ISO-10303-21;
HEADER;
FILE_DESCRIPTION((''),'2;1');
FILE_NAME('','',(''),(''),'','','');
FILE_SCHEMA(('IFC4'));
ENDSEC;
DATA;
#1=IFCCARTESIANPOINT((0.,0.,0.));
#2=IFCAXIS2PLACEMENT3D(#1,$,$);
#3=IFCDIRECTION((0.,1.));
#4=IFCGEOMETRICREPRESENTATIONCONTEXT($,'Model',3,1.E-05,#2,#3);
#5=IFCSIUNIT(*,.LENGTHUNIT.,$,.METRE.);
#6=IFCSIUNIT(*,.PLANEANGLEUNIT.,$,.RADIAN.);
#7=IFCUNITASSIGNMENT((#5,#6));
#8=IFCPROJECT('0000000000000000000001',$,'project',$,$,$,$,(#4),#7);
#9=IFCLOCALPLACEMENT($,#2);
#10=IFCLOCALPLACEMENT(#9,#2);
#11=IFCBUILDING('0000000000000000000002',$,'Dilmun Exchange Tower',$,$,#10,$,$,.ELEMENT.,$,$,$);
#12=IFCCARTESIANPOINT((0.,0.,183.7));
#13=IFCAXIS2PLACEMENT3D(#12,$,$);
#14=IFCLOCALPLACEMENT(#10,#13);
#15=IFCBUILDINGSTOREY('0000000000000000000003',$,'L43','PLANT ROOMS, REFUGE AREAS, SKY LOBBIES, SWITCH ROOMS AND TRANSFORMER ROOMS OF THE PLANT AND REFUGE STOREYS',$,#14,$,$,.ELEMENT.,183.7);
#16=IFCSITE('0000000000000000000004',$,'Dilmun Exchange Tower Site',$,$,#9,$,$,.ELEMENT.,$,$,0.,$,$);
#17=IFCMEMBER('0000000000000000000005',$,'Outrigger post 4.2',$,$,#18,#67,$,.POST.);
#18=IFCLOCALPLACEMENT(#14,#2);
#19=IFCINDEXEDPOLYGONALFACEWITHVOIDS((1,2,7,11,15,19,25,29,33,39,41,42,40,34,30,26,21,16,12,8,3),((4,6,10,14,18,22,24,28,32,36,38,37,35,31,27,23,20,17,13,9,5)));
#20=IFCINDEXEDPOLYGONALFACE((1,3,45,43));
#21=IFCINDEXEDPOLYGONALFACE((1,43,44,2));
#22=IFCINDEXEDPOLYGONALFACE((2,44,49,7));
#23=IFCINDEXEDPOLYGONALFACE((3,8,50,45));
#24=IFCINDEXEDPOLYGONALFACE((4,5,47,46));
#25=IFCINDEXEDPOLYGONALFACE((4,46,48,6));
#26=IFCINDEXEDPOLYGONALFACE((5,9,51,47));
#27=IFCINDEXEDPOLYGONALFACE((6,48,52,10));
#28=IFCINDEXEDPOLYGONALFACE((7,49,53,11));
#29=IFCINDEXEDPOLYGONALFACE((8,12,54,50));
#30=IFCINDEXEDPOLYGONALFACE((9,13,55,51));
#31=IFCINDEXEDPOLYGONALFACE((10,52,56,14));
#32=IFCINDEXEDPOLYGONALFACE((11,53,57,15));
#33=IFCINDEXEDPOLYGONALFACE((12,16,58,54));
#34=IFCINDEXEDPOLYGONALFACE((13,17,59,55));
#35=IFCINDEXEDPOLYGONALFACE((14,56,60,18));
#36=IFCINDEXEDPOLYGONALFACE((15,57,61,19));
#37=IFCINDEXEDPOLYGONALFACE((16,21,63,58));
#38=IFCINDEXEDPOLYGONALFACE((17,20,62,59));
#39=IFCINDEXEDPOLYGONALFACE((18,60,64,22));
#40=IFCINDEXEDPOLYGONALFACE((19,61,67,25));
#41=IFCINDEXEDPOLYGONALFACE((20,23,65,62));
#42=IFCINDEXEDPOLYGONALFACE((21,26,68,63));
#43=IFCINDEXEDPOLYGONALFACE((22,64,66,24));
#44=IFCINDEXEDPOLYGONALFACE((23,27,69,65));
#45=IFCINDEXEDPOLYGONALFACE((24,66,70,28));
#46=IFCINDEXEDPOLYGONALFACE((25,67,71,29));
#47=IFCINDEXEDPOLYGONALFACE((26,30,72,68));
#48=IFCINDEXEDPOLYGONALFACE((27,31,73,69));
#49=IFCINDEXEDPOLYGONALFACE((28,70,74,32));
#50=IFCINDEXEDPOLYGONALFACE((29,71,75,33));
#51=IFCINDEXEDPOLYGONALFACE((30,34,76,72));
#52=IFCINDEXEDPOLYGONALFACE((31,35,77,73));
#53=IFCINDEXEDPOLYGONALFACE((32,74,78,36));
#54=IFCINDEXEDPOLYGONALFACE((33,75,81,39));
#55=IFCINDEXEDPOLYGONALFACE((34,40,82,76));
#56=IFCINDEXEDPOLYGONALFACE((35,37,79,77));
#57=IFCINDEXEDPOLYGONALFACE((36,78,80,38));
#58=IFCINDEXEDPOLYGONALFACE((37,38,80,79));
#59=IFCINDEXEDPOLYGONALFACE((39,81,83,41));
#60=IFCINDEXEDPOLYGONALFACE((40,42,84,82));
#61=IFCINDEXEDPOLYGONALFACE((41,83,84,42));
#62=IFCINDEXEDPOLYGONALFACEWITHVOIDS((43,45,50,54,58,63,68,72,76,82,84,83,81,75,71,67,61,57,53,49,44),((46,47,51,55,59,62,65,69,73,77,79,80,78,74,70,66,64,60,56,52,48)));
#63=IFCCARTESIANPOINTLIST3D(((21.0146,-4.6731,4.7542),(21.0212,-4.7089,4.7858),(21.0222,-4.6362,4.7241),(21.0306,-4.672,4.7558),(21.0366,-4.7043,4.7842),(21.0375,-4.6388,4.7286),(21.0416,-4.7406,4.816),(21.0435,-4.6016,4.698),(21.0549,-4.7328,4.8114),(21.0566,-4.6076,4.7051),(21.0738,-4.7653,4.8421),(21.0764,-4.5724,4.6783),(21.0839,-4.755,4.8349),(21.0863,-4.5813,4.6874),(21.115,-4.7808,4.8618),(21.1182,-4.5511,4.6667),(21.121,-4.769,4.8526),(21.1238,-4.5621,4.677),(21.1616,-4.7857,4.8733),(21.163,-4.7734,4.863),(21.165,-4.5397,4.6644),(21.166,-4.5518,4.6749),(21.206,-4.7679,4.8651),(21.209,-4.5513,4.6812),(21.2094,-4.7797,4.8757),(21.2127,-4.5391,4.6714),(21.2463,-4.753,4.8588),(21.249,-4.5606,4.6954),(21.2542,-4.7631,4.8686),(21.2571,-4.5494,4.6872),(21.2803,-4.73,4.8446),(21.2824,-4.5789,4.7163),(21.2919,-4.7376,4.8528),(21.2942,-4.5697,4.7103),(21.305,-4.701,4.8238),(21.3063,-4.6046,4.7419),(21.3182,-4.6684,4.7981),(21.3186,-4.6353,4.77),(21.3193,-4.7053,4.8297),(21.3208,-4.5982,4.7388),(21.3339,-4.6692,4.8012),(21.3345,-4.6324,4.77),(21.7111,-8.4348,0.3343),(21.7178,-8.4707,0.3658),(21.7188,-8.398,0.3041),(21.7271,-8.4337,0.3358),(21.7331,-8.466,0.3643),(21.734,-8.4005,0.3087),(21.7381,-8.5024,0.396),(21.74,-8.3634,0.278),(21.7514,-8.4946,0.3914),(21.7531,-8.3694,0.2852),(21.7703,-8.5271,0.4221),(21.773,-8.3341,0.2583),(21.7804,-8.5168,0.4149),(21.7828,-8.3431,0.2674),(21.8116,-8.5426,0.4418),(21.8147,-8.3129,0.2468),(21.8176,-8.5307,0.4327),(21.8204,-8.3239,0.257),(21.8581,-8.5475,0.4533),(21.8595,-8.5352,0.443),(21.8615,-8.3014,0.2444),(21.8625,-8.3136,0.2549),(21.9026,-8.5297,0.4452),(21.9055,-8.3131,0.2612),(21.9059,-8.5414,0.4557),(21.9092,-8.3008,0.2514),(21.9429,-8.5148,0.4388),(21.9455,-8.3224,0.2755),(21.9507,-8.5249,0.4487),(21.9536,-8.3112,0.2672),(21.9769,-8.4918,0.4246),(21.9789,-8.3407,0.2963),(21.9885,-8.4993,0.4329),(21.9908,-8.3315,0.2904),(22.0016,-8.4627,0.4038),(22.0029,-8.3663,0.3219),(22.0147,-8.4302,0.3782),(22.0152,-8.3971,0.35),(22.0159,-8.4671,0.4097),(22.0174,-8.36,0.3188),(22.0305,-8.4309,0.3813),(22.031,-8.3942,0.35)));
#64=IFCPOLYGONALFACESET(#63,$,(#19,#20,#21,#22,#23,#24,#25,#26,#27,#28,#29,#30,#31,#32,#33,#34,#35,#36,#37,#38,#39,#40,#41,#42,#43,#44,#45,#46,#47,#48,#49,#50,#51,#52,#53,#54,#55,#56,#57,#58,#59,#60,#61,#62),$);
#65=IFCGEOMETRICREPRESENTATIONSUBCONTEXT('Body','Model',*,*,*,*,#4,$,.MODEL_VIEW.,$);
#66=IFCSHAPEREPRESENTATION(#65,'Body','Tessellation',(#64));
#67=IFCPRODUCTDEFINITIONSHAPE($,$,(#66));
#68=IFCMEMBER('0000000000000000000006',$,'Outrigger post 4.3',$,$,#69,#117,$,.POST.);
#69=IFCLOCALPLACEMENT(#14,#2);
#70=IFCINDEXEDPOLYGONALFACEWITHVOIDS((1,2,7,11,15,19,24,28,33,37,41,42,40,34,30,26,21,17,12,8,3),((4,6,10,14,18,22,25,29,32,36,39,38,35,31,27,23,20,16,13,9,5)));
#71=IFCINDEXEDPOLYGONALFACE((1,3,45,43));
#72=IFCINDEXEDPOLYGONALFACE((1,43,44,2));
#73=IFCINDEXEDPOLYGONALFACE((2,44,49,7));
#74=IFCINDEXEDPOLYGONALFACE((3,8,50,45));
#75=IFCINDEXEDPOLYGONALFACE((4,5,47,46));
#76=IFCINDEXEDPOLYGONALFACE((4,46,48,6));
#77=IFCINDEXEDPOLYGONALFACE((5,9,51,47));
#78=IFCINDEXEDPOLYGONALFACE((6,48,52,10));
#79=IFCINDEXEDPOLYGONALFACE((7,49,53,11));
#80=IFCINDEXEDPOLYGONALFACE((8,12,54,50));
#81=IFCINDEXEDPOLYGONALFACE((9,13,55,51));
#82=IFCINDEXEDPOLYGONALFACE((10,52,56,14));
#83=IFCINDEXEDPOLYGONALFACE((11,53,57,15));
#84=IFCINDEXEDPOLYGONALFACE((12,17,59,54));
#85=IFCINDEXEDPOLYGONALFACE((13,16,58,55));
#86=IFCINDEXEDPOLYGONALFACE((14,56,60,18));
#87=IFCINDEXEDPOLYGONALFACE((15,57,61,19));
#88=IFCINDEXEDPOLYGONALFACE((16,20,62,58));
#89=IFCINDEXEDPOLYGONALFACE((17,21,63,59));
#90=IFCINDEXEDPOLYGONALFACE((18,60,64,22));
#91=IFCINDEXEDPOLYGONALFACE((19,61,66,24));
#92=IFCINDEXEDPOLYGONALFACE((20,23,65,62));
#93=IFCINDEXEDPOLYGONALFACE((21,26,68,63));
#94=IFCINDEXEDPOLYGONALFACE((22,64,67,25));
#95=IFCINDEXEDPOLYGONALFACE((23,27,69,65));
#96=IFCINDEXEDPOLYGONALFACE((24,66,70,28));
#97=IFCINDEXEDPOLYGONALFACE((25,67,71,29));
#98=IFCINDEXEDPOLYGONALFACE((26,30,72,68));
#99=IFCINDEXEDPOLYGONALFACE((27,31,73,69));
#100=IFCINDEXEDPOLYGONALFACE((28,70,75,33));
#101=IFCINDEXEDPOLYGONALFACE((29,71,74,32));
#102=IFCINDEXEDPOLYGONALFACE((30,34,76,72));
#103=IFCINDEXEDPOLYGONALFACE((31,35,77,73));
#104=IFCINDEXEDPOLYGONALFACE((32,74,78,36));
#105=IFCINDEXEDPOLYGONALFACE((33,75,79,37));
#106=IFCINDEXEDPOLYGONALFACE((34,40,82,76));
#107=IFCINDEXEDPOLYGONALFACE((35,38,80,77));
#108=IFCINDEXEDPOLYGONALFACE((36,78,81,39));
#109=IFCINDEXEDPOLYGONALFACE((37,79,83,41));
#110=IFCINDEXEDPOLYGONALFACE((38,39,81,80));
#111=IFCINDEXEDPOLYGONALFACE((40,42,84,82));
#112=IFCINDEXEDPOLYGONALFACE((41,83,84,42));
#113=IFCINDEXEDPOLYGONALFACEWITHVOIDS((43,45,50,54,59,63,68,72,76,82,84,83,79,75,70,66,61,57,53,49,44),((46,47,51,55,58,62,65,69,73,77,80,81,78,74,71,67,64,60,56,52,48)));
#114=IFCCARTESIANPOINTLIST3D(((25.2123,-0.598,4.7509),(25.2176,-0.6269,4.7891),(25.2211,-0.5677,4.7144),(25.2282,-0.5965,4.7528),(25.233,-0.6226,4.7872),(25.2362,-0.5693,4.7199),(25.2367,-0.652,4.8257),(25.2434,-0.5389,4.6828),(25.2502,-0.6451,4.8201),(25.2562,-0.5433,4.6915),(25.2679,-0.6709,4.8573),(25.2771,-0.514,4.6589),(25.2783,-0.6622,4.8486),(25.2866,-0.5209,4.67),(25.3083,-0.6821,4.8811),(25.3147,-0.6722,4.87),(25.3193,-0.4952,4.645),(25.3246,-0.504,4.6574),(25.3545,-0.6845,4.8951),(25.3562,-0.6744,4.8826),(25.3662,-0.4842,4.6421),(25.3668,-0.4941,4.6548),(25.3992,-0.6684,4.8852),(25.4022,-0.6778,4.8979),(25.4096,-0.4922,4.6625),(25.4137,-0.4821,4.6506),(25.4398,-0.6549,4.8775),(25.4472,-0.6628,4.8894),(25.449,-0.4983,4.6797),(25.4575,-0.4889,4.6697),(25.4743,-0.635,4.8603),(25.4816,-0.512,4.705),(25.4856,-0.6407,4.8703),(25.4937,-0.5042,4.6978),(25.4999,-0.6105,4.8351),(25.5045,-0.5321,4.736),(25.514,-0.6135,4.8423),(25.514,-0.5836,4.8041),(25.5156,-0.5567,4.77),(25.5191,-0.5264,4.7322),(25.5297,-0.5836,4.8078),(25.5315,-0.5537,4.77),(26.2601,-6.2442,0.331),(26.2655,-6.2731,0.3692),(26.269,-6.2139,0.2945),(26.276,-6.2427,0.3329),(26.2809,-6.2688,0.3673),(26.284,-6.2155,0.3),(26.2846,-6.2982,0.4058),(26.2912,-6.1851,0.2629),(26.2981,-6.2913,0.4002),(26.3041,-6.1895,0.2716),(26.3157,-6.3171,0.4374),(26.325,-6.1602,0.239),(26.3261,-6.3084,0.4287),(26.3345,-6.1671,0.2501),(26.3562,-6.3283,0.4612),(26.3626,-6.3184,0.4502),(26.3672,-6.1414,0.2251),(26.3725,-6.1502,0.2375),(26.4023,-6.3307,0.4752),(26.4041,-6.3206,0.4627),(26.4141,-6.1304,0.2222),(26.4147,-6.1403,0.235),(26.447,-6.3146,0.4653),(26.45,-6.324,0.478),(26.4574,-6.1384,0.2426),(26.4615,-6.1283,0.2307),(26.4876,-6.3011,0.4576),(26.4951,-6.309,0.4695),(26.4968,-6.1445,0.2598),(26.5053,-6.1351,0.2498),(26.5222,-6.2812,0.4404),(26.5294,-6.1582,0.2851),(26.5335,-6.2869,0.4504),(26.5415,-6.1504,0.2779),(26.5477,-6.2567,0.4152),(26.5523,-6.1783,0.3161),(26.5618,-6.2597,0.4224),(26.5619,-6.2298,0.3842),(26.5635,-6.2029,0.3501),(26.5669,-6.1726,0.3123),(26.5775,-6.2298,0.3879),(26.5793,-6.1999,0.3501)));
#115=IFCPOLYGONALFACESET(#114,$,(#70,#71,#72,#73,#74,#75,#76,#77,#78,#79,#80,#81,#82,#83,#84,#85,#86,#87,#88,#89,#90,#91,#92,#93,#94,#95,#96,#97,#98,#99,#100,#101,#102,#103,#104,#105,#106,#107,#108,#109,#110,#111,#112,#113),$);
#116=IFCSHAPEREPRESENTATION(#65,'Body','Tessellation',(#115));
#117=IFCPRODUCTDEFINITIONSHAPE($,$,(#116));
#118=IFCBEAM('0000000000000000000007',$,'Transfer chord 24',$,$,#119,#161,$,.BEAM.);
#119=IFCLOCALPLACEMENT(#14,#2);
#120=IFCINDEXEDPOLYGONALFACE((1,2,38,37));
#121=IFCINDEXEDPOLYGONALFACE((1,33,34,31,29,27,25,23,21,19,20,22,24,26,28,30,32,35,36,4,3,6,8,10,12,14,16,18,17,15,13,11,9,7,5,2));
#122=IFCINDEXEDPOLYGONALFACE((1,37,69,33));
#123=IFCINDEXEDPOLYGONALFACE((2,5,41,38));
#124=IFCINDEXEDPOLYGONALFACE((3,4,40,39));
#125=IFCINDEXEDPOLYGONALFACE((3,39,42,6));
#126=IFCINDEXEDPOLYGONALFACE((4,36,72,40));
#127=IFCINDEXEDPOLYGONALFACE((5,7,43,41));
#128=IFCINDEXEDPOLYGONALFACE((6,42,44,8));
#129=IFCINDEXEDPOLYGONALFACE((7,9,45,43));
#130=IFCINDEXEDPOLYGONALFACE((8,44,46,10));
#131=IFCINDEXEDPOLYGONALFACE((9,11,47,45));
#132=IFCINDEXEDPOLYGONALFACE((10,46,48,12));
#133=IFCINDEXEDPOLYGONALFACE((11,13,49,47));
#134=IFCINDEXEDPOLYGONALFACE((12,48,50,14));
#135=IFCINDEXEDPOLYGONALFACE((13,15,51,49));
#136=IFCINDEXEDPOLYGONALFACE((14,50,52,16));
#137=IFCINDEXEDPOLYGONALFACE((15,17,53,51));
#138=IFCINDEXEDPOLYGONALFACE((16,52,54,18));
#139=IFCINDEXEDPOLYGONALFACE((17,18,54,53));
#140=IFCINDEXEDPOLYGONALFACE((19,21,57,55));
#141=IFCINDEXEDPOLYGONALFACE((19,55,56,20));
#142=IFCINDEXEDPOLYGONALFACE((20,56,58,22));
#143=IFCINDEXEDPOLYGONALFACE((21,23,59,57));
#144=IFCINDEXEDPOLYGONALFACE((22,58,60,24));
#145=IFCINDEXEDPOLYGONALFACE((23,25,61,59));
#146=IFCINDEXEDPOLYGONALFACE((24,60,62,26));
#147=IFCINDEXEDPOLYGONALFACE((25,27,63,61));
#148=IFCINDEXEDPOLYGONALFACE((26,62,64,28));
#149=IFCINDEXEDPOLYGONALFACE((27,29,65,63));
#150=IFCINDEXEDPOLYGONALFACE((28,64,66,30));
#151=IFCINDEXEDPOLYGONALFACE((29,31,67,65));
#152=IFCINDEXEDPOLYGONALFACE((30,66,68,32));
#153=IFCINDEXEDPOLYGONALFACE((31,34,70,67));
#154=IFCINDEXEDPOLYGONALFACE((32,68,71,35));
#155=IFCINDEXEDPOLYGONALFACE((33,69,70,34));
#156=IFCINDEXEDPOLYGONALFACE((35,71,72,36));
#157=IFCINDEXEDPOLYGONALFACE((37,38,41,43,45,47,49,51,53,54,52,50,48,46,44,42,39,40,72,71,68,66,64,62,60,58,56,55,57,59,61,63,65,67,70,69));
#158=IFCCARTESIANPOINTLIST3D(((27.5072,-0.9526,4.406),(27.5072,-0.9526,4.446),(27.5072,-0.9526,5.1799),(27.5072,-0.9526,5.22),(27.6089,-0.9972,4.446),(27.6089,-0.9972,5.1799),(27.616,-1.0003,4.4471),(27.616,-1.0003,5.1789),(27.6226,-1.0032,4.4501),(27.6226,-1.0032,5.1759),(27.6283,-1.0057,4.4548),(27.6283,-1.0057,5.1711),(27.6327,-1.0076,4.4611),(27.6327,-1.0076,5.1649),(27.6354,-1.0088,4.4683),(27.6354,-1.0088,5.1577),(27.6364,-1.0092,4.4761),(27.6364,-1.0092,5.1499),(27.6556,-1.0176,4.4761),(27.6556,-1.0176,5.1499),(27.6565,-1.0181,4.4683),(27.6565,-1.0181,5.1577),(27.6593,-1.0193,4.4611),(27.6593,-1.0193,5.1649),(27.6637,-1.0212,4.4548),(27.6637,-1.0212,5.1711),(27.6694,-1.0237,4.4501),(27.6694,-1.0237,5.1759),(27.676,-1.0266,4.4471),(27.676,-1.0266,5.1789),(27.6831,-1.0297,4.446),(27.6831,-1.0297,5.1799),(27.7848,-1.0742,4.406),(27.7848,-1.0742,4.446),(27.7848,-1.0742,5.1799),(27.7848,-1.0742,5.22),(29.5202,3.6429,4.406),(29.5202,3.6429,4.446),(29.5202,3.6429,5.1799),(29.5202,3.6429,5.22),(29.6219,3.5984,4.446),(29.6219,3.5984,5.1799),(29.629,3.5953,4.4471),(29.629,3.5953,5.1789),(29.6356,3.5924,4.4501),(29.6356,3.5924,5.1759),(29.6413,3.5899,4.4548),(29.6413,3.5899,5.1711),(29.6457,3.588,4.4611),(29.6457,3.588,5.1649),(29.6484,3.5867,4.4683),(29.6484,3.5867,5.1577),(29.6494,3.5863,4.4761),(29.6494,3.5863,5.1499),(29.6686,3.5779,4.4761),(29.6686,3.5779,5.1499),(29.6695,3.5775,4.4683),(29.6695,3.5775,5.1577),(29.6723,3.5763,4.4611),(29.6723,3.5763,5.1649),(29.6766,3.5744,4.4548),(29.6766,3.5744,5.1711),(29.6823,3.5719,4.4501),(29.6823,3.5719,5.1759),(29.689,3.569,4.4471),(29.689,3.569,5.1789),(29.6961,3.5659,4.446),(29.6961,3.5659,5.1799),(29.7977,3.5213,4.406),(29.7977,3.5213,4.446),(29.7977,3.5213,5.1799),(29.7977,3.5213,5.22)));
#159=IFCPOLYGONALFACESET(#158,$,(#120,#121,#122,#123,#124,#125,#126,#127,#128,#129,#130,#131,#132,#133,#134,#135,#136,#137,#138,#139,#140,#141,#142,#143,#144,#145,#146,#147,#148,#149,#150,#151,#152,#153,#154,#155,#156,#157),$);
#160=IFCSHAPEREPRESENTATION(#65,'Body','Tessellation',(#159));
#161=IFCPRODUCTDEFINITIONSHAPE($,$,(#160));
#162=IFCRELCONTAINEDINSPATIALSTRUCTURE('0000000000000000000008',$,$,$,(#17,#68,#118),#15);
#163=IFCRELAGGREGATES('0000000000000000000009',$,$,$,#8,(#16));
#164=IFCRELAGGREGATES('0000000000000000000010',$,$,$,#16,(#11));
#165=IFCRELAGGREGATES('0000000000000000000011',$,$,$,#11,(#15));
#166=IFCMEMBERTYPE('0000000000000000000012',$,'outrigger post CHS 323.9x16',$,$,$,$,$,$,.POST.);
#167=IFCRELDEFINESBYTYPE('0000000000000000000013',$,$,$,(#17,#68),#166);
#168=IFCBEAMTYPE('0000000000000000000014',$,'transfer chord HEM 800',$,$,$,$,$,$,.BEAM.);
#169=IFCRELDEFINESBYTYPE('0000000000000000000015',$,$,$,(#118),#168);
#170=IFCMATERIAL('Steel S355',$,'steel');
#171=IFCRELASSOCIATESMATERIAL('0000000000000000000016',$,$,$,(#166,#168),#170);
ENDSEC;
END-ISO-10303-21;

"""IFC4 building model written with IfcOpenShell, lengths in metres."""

from ifc_helpers import new_model, si_unit, direction, frame, origin, origin_2d, place, context, subcontext, project, spatial, hollow_circle, i_section, extrude, material, material_profile, profile_set, type_object, element, save


model = new_model("IFC4")

# Units and contexts
model_context = context("Model", 3, precision=1e-05, world=origin(), true_north=direction((0.0, 1.0)))
body_context = subcontext(model_context, "Body", "Model", "MODEL_VIEW")
ifc_project = project(units=[si_unit("LENGTHUNIT", "METRE"), si_unit("PLANEANGLEUNIT", "RADIAN")], contexts=[model_context])

# Site, building, storey
site_placement = place(None, origin())
site = spatial("IfcSite", under=ifc_project, at=site_placement, Name="Dilmun Exchange Tower Site", CompositionType="ELEMENT", RefElevation=0.0)
building_placement = place(site_placement, origin())
building = spatial("IfcBuilding", under=site, at=building_placement, Name="Dilmun Exchange Tower", CompositionType="ELEMENT")
storey_placement = place(building_placement, frame((0.0, 0.0, 183.7)))
storey = spatial("IfcBuildingStorey", under=building, at=storey_placement, Name="L43", Description="PLANT ROOMS, REFUGE AREAS, SKY LOBBIES, SWITCH ROOMS AND TRANSFORMER ROOMS OF THE PLANT AND REFUGE STOREYS", CompositionType="ELEMENT", Elevation=183.7)

# Members
ifc_material_1 = material(Name="Steel S355", Category="steel")
ifc_material_profile_1 = material_profile(ifc_material_1, hollow_circle(Radius=0.1619, WallThickness=0.0161, at=origin_2d()), Name="CHS 323.9x16")
ifc_profile_set_1 = profile_set([ifc_material_profile_1], Name="Steel S355")
member_type_1 = type_object("IfcMemberType", Name="outrigger post CHS 323.9x16", PredefinedType="POST", material=ifc_profile_set_1)
member_1_placement = place(storey_placement, frame((21.1753, -4.6619, 4.77), z_axis=(0.119155, -0.643509, -0.756107), x_axis=(0.983286, 0.182069, 0.0)))
element("IfcMember", 1, at=member_1_placement, inside=storey, type_object=member_type_1, Name="Outrigger post 4.2", PredefinedType="POST", context=body_context, shape_type="SweptSolid", body=[
    extrude(hollow_circle(Radius=0.1619, WallThickness=0.0161, at=origin_2d()), origin(), (0.0, 0.0, 1.0), 5.8457),
])
member_2_placement = place(storey_placement, frame((25.3723, -0.5833, 4.77), z_axis=(0.144598, -0.779153, -0.609927), x_axis=(0.983212, 0.182468, 0.0)))
element("IfcMember", 2, at=member_2_placement, inside=storey, type_object=member_type_1, Name="Outrigger post 4.3", PredefinedType="POST", context=body_context, shape_type="SweptSolid", body=[
    extrude(hollow_circle(Radius=0.1619, WallThickness=0.0161, at=origin_2d()), origin(), (0.0, 0.0, 1.0), 7.2466),
])

# Beam
ifc_material_profile_2 = material_profile(ifc_material_1, i_section(OverallWidth=0.303, OverallDepth=0.814, WebThickness=0.021, FlangeThickness=0.04, FilletRadius=0.03, at=origin_2d()), Name="HEM 800")
ifc_profile_set_2 = profile_set([ifc_material_profile_2], Name="Steel S355")
beam_type = type_object("IfcBeamType", Name="transfer chord HEM 800", PredefinedType="BEAM", material=ifc_profile_set_2)
beam_placement = place(storey_placement, frame((27.646, -1.0134, 4.813), z_axis=(0.401225, 0.91598, 0.0), x_axis=(-0.91598, 0.401225, 0.0)))
element("IfcBeam", 3, at=beam_placement, inside=storey, type_object=beam_type, Name="Transfer chord 24", PredefinedType="BEAM", context=body_context, shape_type="SweptSolid", body=[
    extrude(i_section(OverallWidth=0.303, OverallDepth=0.814, WebThickness=0.021, FlangeThickness=0.04, FilletRadius=0.03, at=origin_2d()), origin(), (0.0, 0.0, 1.0), 5.0171),
])

save(model, "model.ifc")
